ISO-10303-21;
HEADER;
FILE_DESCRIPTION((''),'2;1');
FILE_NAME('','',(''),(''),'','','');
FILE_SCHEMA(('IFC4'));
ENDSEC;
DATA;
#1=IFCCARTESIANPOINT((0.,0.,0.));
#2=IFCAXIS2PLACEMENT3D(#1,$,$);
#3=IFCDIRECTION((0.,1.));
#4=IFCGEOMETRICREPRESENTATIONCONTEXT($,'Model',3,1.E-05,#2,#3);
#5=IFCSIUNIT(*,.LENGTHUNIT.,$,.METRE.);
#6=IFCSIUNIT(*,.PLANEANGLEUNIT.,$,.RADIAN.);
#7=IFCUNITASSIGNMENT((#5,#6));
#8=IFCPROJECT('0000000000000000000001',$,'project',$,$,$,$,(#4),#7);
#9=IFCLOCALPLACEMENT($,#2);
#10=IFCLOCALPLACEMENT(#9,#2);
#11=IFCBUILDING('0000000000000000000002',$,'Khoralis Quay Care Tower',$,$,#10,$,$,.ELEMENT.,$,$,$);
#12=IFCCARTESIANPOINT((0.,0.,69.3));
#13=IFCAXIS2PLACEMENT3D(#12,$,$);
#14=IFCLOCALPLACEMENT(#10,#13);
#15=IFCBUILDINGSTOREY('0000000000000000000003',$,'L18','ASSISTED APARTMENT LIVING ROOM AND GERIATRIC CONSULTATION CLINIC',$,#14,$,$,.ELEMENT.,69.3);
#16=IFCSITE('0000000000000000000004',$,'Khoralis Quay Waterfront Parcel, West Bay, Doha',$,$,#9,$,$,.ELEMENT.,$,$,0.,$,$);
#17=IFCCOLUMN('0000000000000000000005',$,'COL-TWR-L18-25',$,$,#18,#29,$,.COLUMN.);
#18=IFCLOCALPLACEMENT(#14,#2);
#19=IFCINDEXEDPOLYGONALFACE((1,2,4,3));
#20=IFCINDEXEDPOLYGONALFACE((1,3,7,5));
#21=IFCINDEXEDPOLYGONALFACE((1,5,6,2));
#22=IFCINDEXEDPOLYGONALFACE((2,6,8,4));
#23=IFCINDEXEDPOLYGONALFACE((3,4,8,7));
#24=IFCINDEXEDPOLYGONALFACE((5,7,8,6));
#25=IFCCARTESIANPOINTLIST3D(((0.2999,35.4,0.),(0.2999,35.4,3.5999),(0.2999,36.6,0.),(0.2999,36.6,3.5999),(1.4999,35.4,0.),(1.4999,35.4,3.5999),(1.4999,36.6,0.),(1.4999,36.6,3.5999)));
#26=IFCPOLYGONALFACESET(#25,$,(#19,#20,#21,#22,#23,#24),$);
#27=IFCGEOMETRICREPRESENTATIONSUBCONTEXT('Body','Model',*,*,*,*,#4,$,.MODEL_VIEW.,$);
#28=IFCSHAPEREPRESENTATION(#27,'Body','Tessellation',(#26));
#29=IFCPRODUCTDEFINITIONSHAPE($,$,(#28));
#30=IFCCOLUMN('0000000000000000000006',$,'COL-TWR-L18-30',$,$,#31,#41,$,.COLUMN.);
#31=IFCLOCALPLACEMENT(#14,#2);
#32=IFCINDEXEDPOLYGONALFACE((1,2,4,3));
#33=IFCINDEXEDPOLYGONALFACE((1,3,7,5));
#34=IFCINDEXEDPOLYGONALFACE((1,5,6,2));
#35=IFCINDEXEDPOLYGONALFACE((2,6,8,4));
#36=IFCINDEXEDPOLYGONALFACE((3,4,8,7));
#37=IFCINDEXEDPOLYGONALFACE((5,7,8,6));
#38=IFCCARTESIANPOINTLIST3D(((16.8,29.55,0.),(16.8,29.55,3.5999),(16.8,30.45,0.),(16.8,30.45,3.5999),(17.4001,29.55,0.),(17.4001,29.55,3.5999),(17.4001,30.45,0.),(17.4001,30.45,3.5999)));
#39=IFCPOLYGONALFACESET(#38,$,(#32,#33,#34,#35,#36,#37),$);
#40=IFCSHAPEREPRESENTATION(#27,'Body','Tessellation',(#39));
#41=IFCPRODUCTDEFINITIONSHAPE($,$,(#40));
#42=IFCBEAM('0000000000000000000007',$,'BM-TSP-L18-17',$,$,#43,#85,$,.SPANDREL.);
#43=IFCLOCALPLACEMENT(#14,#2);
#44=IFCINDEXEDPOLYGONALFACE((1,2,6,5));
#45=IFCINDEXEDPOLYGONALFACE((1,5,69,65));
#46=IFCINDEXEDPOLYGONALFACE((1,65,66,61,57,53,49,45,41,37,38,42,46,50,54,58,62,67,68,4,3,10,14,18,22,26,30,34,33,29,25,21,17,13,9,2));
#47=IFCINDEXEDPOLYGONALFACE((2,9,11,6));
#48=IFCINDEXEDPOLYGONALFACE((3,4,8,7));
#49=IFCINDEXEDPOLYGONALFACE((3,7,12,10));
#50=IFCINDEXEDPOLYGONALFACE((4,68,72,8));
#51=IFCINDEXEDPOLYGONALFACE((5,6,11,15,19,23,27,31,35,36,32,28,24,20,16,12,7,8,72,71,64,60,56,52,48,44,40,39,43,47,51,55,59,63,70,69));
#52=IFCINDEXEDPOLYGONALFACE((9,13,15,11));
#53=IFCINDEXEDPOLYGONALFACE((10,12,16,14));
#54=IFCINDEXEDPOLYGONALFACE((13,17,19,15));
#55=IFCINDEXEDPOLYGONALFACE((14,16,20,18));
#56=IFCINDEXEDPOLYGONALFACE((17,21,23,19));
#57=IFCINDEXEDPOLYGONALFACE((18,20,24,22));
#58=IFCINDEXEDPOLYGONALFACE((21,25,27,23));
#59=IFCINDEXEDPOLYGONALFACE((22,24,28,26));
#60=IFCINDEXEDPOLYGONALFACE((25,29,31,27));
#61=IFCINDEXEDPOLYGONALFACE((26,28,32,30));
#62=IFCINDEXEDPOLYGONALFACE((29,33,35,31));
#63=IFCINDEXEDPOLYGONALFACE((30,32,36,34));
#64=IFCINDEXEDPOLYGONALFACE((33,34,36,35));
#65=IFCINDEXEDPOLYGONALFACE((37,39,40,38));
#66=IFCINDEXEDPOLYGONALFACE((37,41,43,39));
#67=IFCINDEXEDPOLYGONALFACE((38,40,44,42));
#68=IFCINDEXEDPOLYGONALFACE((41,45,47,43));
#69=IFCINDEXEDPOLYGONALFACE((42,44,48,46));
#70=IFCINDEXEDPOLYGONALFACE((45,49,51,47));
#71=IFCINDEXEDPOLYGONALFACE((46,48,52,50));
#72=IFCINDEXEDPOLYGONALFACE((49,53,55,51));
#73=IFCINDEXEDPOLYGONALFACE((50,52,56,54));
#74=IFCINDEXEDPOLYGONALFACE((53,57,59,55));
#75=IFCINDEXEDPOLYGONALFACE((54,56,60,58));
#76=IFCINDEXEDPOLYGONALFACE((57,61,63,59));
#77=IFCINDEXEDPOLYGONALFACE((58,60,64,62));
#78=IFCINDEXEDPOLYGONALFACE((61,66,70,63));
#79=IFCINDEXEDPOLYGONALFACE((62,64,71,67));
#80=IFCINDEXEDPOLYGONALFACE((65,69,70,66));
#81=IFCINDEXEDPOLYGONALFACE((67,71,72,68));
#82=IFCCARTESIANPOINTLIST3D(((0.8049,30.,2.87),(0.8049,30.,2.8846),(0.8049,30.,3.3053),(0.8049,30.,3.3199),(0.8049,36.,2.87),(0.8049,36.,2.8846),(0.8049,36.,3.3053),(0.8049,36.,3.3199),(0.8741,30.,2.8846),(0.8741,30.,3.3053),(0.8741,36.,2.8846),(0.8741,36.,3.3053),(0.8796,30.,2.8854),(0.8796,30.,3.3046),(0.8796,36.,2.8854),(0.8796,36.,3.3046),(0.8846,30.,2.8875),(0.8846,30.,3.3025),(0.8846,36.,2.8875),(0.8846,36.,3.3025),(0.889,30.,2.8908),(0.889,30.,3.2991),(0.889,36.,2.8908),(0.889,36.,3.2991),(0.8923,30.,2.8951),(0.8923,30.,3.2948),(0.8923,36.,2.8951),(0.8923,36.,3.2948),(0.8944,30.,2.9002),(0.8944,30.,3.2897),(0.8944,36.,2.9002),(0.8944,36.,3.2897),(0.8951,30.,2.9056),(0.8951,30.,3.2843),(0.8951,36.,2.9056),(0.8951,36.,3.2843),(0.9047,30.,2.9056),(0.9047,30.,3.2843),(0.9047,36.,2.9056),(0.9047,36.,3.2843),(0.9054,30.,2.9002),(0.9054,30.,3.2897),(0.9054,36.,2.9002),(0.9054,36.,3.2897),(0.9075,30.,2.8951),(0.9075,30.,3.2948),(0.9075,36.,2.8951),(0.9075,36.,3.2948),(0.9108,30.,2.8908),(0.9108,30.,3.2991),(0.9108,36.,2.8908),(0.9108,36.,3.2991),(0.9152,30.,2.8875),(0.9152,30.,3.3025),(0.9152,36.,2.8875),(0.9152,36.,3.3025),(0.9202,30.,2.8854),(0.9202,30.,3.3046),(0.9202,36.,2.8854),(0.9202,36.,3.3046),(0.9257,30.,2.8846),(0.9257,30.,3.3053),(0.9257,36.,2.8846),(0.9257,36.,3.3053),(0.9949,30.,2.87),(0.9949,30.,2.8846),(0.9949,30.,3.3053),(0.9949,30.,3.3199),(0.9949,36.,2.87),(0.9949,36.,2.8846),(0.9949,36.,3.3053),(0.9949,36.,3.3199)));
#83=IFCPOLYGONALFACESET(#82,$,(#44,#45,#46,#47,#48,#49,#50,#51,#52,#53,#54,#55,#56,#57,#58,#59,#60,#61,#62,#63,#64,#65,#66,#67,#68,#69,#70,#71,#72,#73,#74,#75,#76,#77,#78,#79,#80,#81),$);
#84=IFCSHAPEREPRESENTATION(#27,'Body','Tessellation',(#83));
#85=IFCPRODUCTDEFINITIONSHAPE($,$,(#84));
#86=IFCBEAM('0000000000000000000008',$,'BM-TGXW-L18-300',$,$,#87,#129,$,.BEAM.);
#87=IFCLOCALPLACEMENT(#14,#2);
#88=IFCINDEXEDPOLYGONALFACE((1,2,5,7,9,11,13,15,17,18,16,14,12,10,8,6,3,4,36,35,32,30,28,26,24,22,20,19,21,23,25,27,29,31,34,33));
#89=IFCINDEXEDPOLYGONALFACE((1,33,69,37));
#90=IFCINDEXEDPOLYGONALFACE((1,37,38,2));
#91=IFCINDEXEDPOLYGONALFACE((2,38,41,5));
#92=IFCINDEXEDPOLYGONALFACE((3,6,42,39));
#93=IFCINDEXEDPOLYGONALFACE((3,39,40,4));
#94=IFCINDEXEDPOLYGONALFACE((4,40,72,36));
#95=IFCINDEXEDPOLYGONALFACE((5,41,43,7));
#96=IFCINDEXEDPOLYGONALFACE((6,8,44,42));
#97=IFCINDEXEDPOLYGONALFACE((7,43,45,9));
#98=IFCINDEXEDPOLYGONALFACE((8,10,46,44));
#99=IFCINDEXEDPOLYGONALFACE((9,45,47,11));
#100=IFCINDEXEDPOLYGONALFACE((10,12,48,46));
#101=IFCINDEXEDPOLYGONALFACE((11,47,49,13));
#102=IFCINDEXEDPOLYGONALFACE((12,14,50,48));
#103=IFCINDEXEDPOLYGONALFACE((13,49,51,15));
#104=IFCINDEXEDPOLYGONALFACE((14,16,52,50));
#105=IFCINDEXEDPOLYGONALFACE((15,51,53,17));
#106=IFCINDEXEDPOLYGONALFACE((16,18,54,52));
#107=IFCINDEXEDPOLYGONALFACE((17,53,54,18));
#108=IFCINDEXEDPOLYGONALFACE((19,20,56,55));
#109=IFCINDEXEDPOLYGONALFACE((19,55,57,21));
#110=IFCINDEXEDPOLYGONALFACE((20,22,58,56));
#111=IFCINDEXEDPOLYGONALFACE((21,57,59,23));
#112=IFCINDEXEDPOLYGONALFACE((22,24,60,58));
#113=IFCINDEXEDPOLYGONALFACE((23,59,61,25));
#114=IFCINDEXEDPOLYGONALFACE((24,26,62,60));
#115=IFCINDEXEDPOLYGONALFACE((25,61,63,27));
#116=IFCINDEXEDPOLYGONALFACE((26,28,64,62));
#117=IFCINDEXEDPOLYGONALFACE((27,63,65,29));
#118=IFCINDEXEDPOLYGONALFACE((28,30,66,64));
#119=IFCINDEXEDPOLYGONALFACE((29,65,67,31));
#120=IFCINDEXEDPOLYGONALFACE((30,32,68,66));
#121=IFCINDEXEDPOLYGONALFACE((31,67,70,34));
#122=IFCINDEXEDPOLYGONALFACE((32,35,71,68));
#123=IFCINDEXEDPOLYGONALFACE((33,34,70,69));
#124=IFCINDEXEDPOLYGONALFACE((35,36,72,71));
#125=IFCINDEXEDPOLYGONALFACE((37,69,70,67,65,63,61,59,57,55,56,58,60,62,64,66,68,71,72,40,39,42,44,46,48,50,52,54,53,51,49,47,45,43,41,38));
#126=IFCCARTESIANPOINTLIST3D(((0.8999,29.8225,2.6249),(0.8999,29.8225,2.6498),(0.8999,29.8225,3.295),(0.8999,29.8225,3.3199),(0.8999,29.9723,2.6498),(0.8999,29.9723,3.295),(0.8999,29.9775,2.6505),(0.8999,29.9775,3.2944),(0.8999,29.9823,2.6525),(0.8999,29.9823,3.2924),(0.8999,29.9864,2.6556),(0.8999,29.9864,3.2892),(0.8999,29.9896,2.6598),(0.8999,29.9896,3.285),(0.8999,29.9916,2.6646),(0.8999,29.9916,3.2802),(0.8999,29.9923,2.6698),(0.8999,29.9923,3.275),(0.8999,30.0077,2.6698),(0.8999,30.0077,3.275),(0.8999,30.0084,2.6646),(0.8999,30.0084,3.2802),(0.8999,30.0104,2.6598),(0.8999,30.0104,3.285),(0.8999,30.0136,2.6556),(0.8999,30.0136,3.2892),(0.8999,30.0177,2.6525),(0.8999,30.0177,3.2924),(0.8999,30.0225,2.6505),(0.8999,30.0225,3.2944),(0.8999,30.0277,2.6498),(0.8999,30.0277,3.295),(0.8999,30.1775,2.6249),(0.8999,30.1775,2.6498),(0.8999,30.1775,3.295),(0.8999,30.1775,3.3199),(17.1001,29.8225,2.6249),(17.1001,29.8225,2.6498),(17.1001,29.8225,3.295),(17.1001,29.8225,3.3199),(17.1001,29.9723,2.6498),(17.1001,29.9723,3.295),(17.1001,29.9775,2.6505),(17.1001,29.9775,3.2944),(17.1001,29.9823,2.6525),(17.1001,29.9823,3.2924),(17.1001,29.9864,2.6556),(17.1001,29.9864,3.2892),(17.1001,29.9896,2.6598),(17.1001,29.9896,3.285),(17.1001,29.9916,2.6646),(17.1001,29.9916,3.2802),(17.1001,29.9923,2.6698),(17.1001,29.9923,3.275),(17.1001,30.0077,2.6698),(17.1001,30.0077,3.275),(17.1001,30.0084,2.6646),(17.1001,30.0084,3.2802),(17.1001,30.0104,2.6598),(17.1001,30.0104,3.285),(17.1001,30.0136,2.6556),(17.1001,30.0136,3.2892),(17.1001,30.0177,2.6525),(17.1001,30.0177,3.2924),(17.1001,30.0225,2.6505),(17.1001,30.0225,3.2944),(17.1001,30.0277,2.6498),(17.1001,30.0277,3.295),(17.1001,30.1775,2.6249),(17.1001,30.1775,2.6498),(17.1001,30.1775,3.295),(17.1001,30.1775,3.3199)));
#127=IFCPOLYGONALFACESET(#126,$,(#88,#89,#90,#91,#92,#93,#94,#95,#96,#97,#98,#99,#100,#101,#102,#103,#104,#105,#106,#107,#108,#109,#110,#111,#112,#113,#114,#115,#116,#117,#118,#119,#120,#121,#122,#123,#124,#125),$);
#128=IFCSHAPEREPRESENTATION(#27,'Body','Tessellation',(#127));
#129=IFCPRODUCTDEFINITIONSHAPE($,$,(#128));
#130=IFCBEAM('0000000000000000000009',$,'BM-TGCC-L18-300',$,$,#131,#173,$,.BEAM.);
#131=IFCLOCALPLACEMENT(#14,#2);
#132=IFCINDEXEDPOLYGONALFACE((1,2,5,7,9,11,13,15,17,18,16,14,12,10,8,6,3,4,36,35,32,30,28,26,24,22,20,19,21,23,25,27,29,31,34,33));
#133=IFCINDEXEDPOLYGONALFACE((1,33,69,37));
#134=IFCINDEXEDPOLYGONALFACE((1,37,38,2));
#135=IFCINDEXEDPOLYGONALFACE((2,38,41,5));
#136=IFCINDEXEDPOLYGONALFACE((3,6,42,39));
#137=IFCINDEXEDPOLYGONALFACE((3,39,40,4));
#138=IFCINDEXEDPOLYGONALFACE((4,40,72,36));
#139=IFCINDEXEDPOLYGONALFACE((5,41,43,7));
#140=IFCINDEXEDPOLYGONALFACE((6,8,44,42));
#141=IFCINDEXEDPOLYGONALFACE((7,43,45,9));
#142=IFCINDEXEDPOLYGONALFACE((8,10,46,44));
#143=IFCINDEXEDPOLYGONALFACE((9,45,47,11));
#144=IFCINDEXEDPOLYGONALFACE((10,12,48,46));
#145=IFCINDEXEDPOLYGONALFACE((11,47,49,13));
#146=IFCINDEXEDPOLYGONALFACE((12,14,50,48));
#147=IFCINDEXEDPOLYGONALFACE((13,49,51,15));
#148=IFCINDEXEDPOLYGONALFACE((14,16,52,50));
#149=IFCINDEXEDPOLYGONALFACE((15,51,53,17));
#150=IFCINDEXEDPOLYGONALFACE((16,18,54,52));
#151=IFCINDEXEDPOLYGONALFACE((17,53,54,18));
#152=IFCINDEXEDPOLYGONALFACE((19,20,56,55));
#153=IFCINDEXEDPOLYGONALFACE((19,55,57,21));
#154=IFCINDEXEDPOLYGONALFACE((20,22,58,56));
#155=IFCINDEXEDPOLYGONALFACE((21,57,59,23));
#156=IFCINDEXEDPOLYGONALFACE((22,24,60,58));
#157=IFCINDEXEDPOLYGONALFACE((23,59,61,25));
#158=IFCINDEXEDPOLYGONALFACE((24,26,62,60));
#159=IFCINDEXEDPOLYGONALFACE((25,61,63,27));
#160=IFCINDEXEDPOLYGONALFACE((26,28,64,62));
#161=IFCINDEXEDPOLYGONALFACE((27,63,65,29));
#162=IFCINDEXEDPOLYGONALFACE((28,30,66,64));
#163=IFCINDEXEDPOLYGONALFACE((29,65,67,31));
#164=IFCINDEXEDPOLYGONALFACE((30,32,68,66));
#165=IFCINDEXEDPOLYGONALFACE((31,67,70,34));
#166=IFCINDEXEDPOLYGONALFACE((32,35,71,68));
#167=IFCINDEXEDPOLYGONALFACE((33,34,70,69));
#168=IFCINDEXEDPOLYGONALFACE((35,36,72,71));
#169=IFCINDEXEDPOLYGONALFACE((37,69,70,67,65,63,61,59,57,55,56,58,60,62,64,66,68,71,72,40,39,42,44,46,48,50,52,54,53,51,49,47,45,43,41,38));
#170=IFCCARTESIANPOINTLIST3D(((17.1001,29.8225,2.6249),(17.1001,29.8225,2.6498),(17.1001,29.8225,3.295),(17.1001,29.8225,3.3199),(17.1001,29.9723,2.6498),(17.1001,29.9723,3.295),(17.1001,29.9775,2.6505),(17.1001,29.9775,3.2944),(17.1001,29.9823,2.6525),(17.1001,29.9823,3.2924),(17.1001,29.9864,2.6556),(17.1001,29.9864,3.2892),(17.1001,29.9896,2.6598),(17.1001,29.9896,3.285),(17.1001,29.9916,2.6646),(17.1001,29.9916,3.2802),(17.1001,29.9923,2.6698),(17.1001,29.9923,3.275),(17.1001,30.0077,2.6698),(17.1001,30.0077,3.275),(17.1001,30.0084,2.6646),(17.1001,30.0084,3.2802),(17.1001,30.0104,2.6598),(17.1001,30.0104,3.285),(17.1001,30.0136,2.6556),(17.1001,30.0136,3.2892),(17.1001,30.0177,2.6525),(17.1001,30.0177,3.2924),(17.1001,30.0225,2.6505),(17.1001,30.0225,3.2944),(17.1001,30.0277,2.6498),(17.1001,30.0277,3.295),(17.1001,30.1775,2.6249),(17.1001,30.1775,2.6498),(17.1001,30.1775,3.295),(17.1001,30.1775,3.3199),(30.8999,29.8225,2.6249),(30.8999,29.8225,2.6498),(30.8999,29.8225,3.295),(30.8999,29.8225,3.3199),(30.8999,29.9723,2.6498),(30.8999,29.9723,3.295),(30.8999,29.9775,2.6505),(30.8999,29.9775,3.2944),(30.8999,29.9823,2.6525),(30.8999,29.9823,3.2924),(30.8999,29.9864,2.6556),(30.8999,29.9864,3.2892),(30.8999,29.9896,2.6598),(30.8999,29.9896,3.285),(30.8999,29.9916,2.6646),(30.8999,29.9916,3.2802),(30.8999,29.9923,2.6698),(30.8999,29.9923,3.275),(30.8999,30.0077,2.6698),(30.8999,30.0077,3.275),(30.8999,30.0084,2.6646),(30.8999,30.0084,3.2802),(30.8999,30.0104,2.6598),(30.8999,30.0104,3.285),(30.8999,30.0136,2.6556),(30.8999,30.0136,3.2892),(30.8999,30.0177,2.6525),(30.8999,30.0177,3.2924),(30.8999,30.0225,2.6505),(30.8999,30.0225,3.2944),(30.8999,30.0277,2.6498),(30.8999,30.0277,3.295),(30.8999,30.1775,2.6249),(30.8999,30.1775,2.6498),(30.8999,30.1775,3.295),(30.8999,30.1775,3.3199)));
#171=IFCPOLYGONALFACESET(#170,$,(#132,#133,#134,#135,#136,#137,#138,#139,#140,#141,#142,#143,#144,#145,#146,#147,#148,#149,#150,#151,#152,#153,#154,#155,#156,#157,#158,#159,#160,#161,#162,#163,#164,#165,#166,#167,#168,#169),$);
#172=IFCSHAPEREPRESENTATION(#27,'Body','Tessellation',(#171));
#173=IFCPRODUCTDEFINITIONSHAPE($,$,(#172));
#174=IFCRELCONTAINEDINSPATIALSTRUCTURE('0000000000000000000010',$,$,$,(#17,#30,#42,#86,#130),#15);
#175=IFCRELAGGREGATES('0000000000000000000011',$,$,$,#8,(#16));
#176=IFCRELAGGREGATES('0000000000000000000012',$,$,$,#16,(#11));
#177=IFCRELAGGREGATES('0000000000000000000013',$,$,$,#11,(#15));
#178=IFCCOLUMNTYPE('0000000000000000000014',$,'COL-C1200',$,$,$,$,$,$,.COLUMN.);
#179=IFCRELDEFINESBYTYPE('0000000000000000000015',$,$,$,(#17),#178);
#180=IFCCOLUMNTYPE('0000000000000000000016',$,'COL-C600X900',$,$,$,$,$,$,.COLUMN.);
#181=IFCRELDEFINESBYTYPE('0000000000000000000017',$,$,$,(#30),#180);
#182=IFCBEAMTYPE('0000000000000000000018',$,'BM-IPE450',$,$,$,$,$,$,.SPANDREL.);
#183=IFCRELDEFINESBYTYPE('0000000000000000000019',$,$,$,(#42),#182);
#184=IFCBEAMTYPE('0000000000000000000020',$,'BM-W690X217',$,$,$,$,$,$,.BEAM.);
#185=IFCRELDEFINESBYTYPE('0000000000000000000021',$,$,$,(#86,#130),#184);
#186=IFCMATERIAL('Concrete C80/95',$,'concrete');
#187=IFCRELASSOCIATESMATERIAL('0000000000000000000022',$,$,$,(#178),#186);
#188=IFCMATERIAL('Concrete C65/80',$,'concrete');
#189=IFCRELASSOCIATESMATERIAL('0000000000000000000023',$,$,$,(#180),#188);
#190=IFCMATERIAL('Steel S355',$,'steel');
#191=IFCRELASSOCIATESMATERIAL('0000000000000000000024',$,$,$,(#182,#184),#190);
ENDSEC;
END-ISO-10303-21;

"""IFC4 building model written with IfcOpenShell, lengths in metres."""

from ifc_helpers import new_model, si_unit, direction, frame, origin, origin_2d, place, context, subcontext, project, spatial, rectangle, i_section, extrude, source, transform, mapped, material, material_profile, profile_set, type_object, element, save


model = new_model("IFC4")

# Units and contexts
model_context = context("Model", 3, precision=1e-05, world=origin(), true_north=direction((0.0, 1.0)))
body_context = subcontext(model_context, "Body", "Model", "MODEL_VIEW")
ifc_project = project(units=[si_unit("LENGTHUNIT", "METRE"), si_unit("PLANEANGLEUNIT", "RADIAN")], contexts=[model_context])

# Site, building, storey
site_placement = place(None, origin())
site = spatial("IfcSite", under=ifc_project, at=site_placement, Name="Khoralis Quay Waterfront Parcel, West Bay, Doha", CompositionType="ELEMENT", RefElevation=0.0)
building_placement = place(site_placement, origin())
building = spatial("IfcBuilding", under=site, at=building_placement, Name="Khoralis Quay Care Tower", CompositionType="ELEMENT")
storey_placement = place(building_placement, frame((0.0, 0.0, 69.3)))
storey = spatial("IfcBuildingStorey", under=building, at=storey_placement, Name="L18", Description="ASSISTED APARTMENT LIVING ROOM AND GERIATRIC CONSULTATION CLINIC", CompositionType="ELEMENT", Elevation=69.3)

# Columns
ifc_material_1 = material(Name="Concrete C80/95", Category="concrete")
ifc_material_profile_1 = material_profile(ifc_material_1, rectangle(XDim=1.2, YDim=1.2, at=origin_2d()), Name="Concrete C80/95")
ifc_profile_set_1 = profile_set([ifc_material_profile_1], Name="Concrete C80/95")
column_type_1 = type_object("IfcColumnType", Name="COL-C1200", PredefinedType="COLUMN", material=ifc_profile_set_1)
shared_shape_1 = source(origin(), body_context, "Body", "SweptSolid", [
    extrude(rectangle(XDim=1.2, YDim=1.2, at=origin_2d()), origin(), (0.0, 0.0, 1.0), 3.5999),
])
column_1_placement = place(storey_placement, frame((0.8999, 36.0, 0.0), z_axis=(0.0, 0.0, 1.0), x_axis=(1.0, 0.0, 0.0)))
element("IfcColumn", 1, at=column_1_placement, inside=storey, type_object=column_type_1, Name="COL-TWR-L18-25", PredefinedType="COLUMN", context=body_context, shape_type="MappedRepresentation", body=[
    mapped(shared_shape_1, transform((0.0, 0.0, 0.0), scale=1.0)),
])
ifc_material_2 = material(Name="Concrete C65/80", Category="concrete")
ifc_material_profile_2 = material_profile(ifc_material_2, rectangle(XDim=0.6001, YDim=0.8999, at=origin_2d()), Name="Concrete C65/80")
ifc_profile_set_2 = profile_set([ifc_material_profile_2], Name="Concrete C65/80")
column_type_2 = type_object("IfcColumnType", Name="COL-C600X900", PredefinedType="COLUMN", material=ifc_profile_set_2)
shared_shape_2 = source(origin(), body_context, "Body", "SweptSolid", [
    extrude(rectangle(XDim=0.6001, YDim=0.8999, at=origin_2d()), origin(), (0.0, 0.0, 1.0), 3.5999),
])
column_2_placement = place(storey_placement, frame((17.1001, 30.0, 0.0), z_axis=(0.0, 0.0, 1.0), x_axis=(1.0, 0.0, 0.0)))
element("IfcColumn", 2, at=column_2_placement, inside=storey, type_object=column_type_2, Name="COL-TWR-L18-30", PredefinedType="COLUMN", context=body_context, shape_type="MappedRepresentation", body=[
    mapped(shared_shape_2, transform((0.0, 0.0, 0.0), scale=1.0)),
])

# Beams
ifc_material_3 = material(Name="Steel S355", Category="steel")
ifc_material_profile_3 = material_profile(ifc_material_3, i_section(OverallWidth=0.1899, OverallDepth=0.45, WebThickness=0.0095, FlangeThickness=0.0146, FilletRadius=0.021, at=origin_2d()), Name="Steel S355")
ifc_profile_set_3 = profile_set([ifc_material_profile_3], Name="Steel S355")
beam_type_1 = type_object("IfcBeamType", Name="BM-IPE450", PredefinedType="SPANDREL", material=ifc_profile_set_3)
shared_shape_3 = source(origin(), body_context, "Body", "SweptSolid", [
    extrude(i_section(OverallWidth=0.1899, OverallDepth=0.45, WebThickness=0.0095, FlangeThickness=0.0146, FilletRadius=0.021, at=origin_2d()), origin(), (0.0, 0.0, 1.0), 6.0),
])
beam_1_placement = place(storey_placement, frame((0.8999, 30.0, 3.095), z_axis=(0.0, 1.0, 0.0), x_axis=(-1.0, 0.0, 0.0)))
element("IfcBeam", 3, at=beam_1_placement, inside=storey, type_object=beam_type_1, Name="BM-TSP-L18-17", PredefinedType="SPANDREL", context=body_context, shape_type="MappedRepresentation", body=[
    mapped(shared_shape_3, transform((0.0, 0.0, 0.0), scale=1.0)),
])
ifc_material_profile_4 = material_profile(ifc_material_3, i_section(OverallWidth=0.355, OverallDepth=0.6951, WebThickness=0.0154, FlangeThickness=0.0249, FilletRadius=0.02, at=origin_2d()), Name="Steel S355")
ifc_profile_set_4 = profile_set([ifc_material_profile_4], Name="Steel S355")
beam_type_2 = type_object("IfcBeamType", Name="BM-W690X217", PredefinedType="BEAM", material=ifc_profile_set_4)
shared_shape_4 = source(origin(), body_context, "Body", "SweptSolid", [
    extrude(i_section(OverallWidth=0.355, OverallDepth=0.6951, WebThickness=0.0154, FlangeThickness=0.0249, FilletRadius=0.02, at=origin_2d()), origin(), (0.0, 0.0, 1.0), 16.2002),
])
beam_2_placement = place(storey_placement, frame((0.8999, 30.0, 2.9724), z_axis=(1.0, 0.0, 0.0), x_axis=(0.0, 1.0, 0.0)))
element("IfcBeam", 4, at=beam_2_placement, inside=storey, type_object=beam_type_2, Name="BM-TGXW-L18-300", PredefinedType="BEAM", context=body_context, shape_type="MappedRepresentation", body=[
    mapped(shared_shape_4, transform((0.0, 0.0, 0.0), scale=1.0)),
])
shared_shape_5 = source(origin(), body_context, "Body", "SweptSolid", [
    extrude(i_section(OverallWidth=0.355, OverallDepth=0.6951, WebThickness=0.0154, FlangeThickness=0.0249, FilletRadius=0.02, at=origin_2d()), origin(), (0.0, 0.0, 1.0), 13.7998),
])
beam_3_placement = place(storey_placement, frame((17.1001, 30.0, 2.9724), z_axis=(1.0, 0.0, 0.0), x_axis=(0.0, 1.0, 0.0)))
element("IfcBeam", 5, at=beam_3_placement, inside=storey, type_object=beam_type_2, Name="BM-TGCC-L18-300", PredefinedType="BEAM", context=body_context, shape_type="MappedRepresentation", body=[
    mapped(shared_shape_5, transform((0.0, 0.0, 0.0), scale=1.0)),
])

save(model, "model.ifc")
